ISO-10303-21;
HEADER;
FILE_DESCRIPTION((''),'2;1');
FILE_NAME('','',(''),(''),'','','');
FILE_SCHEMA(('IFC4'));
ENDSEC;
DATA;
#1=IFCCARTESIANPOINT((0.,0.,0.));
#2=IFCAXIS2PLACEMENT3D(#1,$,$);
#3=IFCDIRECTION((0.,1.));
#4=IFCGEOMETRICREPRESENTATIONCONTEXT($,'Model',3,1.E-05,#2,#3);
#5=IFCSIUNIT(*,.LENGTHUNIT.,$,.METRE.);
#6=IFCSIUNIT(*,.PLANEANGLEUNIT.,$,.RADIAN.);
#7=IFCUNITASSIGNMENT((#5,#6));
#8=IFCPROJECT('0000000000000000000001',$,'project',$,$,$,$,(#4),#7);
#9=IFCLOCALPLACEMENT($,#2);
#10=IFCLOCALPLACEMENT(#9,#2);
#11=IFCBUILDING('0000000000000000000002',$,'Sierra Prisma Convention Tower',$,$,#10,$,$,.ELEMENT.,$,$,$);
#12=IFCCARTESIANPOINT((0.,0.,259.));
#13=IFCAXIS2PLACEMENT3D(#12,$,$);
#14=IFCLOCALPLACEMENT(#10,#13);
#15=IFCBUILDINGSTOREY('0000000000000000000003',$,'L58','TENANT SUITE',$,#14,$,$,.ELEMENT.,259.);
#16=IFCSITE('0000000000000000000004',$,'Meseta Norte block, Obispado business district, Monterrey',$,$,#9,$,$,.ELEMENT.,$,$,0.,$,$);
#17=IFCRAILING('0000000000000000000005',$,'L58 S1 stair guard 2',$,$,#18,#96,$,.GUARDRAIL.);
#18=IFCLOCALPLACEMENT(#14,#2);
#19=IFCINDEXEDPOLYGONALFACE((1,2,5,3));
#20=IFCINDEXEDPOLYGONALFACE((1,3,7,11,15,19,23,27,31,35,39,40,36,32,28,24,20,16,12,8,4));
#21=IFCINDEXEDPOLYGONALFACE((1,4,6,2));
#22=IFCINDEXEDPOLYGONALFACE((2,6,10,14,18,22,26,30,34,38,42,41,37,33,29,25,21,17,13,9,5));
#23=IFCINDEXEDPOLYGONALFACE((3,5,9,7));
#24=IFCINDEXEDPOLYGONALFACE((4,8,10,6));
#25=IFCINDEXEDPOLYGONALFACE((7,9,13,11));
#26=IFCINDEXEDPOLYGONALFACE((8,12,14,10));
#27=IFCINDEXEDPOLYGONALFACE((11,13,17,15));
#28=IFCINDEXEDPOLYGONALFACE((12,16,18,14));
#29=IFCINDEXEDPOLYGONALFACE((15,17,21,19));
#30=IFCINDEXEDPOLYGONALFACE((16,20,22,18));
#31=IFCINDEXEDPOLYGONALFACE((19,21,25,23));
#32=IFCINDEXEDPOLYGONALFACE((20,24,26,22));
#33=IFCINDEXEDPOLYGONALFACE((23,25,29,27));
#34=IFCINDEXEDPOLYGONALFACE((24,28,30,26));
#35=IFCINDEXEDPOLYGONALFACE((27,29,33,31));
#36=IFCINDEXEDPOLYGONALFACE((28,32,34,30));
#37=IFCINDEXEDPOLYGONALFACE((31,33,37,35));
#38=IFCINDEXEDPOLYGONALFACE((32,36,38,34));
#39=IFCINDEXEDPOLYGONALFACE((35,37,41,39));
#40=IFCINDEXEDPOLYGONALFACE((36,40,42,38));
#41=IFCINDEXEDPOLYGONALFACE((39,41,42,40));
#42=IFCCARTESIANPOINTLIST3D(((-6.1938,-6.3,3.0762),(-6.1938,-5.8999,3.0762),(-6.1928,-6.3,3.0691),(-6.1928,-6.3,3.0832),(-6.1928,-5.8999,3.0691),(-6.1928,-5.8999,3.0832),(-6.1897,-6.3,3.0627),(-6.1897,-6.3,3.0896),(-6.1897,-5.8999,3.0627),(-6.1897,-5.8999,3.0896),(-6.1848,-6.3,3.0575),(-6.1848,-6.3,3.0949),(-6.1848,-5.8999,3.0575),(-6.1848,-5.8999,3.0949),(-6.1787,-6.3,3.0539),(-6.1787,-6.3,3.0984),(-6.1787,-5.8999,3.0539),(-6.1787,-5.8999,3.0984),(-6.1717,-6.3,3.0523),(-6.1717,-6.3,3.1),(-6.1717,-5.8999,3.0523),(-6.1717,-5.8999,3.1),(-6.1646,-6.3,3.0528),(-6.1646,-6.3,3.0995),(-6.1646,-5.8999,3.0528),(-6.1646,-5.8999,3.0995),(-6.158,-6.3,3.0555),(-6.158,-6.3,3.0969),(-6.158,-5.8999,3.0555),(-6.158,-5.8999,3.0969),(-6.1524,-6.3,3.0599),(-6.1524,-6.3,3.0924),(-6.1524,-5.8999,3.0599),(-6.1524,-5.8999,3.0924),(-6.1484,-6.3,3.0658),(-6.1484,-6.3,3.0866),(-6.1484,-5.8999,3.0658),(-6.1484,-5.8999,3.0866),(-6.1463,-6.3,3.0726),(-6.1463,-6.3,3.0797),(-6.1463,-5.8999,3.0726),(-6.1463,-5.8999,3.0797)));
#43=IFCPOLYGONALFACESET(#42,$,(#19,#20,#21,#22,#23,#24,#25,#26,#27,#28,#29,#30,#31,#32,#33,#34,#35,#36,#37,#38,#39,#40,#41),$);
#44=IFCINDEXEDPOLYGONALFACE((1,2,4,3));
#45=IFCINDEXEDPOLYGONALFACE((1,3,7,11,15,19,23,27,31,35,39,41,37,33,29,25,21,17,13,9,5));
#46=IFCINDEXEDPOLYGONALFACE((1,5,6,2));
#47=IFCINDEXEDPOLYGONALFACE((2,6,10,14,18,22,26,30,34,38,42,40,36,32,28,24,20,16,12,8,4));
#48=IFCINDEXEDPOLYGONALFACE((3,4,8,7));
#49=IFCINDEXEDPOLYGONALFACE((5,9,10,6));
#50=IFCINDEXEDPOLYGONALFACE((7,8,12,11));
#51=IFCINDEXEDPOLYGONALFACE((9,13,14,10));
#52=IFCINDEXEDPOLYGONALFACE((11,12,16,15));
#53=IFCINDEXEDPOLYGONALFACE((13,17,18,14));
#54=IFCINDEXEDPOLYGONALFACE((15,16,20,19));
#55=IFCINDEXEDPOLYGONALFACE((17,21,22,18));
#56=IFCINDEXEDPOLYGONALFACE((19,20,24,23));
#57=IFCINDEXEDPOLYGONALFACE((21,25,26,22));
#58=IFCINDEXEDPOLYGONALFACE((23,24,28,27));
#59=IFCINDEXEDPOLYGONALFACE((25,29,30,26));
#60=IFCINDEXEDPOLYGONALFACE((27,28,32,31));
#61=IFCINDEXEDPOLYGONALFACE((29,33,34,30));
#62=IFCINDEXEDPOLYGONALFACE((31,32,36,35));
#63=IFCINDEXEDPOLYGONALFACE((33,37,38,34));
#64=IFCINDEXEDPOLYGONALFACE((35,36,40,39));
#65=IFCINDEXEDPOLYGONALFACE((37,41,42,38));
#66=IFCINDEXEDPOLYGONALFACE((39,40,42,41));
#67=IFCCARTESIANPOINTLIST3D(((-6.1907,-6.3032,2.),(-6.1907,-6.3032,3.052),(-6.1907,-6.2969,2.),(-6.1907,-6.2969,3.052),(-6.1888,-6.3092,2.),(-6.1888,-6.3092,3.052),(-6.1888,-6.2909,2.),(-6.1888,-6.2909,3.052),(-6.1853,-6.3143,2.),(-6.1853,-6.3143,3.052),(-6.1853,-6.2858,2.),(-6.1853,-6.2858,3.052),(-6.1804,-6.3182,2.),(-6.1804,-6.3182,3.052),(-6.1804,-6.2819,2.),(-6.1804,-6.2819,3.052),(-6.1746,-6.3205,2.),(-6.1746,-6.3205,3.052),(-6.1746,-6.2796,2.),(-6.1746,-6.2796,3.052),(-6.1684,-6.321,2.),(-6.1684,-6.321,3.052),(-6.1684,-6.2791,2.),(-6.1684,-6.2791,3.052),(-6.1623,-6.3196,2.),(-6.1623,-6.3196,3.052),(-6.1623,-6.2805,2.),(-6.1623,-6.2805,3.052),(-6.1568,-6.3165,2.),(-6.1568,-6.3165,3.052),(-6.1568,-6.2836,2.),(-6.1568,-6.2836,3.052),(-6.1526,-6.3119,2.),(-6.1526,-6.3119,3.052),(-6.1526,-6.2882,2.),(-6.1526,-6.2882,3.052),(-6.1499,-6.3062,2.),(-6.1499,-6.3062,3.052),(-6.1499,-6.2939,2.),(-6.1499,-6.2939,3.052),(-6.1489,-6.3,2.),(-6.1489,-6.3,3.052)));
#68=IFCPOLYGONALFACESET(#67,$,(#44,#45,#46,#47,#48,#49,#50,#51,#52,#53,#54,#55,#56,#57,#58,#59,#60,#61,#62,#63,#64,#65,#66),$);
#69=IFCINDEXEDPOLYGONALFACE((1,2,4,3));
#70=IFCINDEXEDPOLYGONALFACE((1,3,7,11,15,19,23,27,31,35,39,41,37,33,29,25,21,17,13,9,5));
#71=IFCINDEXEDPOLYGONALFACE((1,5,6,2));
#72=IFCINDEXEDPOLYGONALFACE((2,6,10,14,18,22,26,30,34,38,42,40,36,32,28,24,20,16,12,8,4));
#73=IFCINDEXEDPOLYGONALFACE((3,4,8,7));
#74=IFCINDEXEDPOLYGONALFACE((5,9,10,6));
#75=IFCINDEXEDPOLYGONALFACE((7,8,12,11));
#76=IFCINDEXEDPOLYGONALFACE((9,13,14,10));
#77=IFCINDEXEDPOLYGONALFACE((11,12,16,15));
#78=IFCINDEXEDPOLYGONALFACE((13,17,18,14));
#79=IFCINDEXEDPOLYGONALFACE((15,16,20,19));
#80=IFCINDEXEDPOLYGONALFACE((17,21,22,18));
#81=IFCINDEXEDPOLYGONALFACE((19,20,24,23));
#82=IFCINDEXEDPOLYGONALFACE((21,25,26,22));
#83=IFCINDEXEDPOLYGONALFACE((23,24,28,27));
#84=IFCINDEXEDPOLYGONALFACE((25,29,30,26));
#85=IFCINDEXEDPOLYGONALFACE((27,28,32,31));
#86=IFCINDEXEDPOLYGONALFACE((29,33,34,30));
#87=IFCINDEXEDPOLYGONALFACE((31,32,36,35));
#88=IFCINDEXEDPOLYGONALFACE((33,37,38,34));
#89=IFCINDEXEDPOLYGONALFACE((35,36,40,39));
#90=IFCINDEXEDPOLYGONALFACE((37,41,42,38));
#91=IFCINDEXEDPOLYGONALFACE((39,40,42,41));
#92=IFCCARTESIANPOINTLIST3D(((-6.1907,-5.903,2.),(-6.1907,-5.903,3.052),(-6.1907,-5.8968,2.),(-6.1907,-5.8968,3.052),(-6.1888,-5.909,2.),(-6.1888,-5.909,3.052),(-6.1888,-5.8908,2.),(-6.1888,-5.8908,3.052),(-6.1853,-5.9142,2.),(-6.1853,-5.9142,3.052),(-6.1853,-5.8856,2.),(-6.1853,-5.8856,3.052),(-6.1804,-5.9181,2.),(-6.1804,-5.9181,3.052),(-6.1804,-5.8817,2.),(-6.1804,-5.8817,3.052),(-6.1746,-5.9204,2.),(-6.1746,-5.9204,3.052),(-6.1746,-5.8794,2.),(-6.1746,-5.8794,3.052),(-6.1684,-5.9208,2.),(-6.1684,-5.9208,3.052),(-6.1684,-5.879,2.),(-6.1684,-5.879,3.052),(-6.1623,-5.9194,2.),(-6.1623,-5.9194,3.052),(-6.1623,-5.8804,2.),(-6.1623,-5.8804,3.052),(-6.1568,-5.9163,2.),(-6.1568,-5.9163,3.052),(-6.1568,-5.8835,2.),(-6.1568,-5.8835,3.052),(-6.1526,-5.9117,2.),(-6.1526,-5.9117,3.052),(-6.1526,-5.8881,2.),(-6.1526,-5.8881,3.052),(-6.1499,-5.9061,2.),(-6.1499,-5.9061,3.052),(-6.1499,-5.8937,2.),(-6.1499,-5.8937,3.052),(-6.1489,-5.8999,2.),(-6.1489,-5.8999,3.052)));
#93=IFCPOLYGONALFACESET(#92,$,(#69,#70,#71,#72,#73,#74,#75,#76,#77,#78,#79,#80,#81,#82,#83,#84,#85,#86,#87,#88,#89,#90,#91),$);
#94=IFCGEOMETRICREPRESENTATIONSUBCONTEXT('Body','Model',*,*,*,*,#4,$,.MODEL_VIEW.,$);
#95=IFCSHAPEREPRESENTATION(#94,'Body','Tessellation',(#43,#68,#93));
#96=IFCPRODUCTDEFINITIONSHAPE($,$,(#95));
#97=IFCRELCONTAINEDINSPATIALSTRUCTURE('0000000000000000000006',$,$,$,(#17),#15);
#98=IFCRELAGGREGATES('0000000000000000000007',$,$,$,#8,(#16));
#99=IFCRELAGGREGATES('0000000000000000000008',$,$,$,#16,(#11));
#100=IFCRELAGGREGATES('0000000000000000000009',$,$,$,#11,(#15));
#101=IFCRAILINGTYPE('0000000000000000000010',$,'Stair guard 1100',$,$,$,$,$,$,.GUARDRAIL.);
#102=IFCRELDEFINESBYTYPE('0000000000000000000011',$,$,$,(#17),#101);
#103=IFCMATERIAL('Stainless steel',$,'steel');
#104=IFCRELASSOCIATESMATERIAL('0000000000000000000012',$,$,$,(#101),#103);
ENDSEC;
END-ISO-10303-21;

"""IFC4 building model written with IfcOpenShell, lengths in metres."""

from ifc_helpers import new_model, si_unit, direction, frame, origin, origin_2d, place, context, subcontext, project, spatial, circle, extrude, material, type_object, element, save


model = new_model("IFC4")

# Units and contexts
model_context = context("Model", 3, precision=1e-05, world=origin(), true_north=direction((0.0, 1.0)))
body_context = subcontext(model_context, "Body", "Model", "MODEL_VIEW")
ifc_project = project(units=[si_unit("LENGTHUNIT", "METRE"), si_unit("PLANEANGLEUNIT", "RADIAN")], contexts=[model_context])

# Site, building, storey
site_placement = place(None, origin())
site = spatial("IfcSite", under=ifc_project, at=site_placement, Name="Meseta Norte block, Obispado business district, Monterrey", CompositionType="ELEMENT", RefElevation=0.0)
building_placement = place(site_placement, origin())
building = spatial("IfcBuilding", under=site, at=building_placement, Name="Sierra Prisma Convention Tower", CompositionType="ELEMENT")
storey_placement = place(building_placement, frame((0.0, 0.0, 259.0)))
storey = spatial("IfcBuildingStorey", under=building, at=storey_placement, Name="L58", Description="TENANT SUITE", CompositionType="ELEMENT", Elevation=259.0)

# Railing
ifc_material_1 = material(Name="Stainless steel", Category="steel")
railing_type_1 = type_object("IfcRailingType", Name="Stair guard 1100", PredefinedType="GUARDRAIL", material=ifc_material_1)
railing_1_placement = place(storey_placement, frame((-6.1699, -6.3, 2.0)))
element("IfcRailing", 1, at=railing_1_placement, inside=storey, type_object=railing_type_1, Name="L58 S1 stair guard 2", PredefinedType="GUARDRAIL", context=body_context, shape_type="SweptSolid", body=[
    extrude(circle(Radius=0.0239, at=origin_2d()), frame((0.0, 0.0, 1.0762), z_axis=(0.0, 1.0, 0.0), x_axis=(-1.0, 0.0, 0.0)), (0.0, 0.0, 1.0), 0.4001),
    extrude(circle(Radius=0.021, at=origin_2d()), origin(), (0.0, 0.0, 1.0), 1.052),
    extrude(circle(Radius=0.021, at=origin_2d()), frame((0.0, 0.4001, 0.0)), (0.0, 0.0, 1.0), 1.052),
])

save(model, "model.ifc")
